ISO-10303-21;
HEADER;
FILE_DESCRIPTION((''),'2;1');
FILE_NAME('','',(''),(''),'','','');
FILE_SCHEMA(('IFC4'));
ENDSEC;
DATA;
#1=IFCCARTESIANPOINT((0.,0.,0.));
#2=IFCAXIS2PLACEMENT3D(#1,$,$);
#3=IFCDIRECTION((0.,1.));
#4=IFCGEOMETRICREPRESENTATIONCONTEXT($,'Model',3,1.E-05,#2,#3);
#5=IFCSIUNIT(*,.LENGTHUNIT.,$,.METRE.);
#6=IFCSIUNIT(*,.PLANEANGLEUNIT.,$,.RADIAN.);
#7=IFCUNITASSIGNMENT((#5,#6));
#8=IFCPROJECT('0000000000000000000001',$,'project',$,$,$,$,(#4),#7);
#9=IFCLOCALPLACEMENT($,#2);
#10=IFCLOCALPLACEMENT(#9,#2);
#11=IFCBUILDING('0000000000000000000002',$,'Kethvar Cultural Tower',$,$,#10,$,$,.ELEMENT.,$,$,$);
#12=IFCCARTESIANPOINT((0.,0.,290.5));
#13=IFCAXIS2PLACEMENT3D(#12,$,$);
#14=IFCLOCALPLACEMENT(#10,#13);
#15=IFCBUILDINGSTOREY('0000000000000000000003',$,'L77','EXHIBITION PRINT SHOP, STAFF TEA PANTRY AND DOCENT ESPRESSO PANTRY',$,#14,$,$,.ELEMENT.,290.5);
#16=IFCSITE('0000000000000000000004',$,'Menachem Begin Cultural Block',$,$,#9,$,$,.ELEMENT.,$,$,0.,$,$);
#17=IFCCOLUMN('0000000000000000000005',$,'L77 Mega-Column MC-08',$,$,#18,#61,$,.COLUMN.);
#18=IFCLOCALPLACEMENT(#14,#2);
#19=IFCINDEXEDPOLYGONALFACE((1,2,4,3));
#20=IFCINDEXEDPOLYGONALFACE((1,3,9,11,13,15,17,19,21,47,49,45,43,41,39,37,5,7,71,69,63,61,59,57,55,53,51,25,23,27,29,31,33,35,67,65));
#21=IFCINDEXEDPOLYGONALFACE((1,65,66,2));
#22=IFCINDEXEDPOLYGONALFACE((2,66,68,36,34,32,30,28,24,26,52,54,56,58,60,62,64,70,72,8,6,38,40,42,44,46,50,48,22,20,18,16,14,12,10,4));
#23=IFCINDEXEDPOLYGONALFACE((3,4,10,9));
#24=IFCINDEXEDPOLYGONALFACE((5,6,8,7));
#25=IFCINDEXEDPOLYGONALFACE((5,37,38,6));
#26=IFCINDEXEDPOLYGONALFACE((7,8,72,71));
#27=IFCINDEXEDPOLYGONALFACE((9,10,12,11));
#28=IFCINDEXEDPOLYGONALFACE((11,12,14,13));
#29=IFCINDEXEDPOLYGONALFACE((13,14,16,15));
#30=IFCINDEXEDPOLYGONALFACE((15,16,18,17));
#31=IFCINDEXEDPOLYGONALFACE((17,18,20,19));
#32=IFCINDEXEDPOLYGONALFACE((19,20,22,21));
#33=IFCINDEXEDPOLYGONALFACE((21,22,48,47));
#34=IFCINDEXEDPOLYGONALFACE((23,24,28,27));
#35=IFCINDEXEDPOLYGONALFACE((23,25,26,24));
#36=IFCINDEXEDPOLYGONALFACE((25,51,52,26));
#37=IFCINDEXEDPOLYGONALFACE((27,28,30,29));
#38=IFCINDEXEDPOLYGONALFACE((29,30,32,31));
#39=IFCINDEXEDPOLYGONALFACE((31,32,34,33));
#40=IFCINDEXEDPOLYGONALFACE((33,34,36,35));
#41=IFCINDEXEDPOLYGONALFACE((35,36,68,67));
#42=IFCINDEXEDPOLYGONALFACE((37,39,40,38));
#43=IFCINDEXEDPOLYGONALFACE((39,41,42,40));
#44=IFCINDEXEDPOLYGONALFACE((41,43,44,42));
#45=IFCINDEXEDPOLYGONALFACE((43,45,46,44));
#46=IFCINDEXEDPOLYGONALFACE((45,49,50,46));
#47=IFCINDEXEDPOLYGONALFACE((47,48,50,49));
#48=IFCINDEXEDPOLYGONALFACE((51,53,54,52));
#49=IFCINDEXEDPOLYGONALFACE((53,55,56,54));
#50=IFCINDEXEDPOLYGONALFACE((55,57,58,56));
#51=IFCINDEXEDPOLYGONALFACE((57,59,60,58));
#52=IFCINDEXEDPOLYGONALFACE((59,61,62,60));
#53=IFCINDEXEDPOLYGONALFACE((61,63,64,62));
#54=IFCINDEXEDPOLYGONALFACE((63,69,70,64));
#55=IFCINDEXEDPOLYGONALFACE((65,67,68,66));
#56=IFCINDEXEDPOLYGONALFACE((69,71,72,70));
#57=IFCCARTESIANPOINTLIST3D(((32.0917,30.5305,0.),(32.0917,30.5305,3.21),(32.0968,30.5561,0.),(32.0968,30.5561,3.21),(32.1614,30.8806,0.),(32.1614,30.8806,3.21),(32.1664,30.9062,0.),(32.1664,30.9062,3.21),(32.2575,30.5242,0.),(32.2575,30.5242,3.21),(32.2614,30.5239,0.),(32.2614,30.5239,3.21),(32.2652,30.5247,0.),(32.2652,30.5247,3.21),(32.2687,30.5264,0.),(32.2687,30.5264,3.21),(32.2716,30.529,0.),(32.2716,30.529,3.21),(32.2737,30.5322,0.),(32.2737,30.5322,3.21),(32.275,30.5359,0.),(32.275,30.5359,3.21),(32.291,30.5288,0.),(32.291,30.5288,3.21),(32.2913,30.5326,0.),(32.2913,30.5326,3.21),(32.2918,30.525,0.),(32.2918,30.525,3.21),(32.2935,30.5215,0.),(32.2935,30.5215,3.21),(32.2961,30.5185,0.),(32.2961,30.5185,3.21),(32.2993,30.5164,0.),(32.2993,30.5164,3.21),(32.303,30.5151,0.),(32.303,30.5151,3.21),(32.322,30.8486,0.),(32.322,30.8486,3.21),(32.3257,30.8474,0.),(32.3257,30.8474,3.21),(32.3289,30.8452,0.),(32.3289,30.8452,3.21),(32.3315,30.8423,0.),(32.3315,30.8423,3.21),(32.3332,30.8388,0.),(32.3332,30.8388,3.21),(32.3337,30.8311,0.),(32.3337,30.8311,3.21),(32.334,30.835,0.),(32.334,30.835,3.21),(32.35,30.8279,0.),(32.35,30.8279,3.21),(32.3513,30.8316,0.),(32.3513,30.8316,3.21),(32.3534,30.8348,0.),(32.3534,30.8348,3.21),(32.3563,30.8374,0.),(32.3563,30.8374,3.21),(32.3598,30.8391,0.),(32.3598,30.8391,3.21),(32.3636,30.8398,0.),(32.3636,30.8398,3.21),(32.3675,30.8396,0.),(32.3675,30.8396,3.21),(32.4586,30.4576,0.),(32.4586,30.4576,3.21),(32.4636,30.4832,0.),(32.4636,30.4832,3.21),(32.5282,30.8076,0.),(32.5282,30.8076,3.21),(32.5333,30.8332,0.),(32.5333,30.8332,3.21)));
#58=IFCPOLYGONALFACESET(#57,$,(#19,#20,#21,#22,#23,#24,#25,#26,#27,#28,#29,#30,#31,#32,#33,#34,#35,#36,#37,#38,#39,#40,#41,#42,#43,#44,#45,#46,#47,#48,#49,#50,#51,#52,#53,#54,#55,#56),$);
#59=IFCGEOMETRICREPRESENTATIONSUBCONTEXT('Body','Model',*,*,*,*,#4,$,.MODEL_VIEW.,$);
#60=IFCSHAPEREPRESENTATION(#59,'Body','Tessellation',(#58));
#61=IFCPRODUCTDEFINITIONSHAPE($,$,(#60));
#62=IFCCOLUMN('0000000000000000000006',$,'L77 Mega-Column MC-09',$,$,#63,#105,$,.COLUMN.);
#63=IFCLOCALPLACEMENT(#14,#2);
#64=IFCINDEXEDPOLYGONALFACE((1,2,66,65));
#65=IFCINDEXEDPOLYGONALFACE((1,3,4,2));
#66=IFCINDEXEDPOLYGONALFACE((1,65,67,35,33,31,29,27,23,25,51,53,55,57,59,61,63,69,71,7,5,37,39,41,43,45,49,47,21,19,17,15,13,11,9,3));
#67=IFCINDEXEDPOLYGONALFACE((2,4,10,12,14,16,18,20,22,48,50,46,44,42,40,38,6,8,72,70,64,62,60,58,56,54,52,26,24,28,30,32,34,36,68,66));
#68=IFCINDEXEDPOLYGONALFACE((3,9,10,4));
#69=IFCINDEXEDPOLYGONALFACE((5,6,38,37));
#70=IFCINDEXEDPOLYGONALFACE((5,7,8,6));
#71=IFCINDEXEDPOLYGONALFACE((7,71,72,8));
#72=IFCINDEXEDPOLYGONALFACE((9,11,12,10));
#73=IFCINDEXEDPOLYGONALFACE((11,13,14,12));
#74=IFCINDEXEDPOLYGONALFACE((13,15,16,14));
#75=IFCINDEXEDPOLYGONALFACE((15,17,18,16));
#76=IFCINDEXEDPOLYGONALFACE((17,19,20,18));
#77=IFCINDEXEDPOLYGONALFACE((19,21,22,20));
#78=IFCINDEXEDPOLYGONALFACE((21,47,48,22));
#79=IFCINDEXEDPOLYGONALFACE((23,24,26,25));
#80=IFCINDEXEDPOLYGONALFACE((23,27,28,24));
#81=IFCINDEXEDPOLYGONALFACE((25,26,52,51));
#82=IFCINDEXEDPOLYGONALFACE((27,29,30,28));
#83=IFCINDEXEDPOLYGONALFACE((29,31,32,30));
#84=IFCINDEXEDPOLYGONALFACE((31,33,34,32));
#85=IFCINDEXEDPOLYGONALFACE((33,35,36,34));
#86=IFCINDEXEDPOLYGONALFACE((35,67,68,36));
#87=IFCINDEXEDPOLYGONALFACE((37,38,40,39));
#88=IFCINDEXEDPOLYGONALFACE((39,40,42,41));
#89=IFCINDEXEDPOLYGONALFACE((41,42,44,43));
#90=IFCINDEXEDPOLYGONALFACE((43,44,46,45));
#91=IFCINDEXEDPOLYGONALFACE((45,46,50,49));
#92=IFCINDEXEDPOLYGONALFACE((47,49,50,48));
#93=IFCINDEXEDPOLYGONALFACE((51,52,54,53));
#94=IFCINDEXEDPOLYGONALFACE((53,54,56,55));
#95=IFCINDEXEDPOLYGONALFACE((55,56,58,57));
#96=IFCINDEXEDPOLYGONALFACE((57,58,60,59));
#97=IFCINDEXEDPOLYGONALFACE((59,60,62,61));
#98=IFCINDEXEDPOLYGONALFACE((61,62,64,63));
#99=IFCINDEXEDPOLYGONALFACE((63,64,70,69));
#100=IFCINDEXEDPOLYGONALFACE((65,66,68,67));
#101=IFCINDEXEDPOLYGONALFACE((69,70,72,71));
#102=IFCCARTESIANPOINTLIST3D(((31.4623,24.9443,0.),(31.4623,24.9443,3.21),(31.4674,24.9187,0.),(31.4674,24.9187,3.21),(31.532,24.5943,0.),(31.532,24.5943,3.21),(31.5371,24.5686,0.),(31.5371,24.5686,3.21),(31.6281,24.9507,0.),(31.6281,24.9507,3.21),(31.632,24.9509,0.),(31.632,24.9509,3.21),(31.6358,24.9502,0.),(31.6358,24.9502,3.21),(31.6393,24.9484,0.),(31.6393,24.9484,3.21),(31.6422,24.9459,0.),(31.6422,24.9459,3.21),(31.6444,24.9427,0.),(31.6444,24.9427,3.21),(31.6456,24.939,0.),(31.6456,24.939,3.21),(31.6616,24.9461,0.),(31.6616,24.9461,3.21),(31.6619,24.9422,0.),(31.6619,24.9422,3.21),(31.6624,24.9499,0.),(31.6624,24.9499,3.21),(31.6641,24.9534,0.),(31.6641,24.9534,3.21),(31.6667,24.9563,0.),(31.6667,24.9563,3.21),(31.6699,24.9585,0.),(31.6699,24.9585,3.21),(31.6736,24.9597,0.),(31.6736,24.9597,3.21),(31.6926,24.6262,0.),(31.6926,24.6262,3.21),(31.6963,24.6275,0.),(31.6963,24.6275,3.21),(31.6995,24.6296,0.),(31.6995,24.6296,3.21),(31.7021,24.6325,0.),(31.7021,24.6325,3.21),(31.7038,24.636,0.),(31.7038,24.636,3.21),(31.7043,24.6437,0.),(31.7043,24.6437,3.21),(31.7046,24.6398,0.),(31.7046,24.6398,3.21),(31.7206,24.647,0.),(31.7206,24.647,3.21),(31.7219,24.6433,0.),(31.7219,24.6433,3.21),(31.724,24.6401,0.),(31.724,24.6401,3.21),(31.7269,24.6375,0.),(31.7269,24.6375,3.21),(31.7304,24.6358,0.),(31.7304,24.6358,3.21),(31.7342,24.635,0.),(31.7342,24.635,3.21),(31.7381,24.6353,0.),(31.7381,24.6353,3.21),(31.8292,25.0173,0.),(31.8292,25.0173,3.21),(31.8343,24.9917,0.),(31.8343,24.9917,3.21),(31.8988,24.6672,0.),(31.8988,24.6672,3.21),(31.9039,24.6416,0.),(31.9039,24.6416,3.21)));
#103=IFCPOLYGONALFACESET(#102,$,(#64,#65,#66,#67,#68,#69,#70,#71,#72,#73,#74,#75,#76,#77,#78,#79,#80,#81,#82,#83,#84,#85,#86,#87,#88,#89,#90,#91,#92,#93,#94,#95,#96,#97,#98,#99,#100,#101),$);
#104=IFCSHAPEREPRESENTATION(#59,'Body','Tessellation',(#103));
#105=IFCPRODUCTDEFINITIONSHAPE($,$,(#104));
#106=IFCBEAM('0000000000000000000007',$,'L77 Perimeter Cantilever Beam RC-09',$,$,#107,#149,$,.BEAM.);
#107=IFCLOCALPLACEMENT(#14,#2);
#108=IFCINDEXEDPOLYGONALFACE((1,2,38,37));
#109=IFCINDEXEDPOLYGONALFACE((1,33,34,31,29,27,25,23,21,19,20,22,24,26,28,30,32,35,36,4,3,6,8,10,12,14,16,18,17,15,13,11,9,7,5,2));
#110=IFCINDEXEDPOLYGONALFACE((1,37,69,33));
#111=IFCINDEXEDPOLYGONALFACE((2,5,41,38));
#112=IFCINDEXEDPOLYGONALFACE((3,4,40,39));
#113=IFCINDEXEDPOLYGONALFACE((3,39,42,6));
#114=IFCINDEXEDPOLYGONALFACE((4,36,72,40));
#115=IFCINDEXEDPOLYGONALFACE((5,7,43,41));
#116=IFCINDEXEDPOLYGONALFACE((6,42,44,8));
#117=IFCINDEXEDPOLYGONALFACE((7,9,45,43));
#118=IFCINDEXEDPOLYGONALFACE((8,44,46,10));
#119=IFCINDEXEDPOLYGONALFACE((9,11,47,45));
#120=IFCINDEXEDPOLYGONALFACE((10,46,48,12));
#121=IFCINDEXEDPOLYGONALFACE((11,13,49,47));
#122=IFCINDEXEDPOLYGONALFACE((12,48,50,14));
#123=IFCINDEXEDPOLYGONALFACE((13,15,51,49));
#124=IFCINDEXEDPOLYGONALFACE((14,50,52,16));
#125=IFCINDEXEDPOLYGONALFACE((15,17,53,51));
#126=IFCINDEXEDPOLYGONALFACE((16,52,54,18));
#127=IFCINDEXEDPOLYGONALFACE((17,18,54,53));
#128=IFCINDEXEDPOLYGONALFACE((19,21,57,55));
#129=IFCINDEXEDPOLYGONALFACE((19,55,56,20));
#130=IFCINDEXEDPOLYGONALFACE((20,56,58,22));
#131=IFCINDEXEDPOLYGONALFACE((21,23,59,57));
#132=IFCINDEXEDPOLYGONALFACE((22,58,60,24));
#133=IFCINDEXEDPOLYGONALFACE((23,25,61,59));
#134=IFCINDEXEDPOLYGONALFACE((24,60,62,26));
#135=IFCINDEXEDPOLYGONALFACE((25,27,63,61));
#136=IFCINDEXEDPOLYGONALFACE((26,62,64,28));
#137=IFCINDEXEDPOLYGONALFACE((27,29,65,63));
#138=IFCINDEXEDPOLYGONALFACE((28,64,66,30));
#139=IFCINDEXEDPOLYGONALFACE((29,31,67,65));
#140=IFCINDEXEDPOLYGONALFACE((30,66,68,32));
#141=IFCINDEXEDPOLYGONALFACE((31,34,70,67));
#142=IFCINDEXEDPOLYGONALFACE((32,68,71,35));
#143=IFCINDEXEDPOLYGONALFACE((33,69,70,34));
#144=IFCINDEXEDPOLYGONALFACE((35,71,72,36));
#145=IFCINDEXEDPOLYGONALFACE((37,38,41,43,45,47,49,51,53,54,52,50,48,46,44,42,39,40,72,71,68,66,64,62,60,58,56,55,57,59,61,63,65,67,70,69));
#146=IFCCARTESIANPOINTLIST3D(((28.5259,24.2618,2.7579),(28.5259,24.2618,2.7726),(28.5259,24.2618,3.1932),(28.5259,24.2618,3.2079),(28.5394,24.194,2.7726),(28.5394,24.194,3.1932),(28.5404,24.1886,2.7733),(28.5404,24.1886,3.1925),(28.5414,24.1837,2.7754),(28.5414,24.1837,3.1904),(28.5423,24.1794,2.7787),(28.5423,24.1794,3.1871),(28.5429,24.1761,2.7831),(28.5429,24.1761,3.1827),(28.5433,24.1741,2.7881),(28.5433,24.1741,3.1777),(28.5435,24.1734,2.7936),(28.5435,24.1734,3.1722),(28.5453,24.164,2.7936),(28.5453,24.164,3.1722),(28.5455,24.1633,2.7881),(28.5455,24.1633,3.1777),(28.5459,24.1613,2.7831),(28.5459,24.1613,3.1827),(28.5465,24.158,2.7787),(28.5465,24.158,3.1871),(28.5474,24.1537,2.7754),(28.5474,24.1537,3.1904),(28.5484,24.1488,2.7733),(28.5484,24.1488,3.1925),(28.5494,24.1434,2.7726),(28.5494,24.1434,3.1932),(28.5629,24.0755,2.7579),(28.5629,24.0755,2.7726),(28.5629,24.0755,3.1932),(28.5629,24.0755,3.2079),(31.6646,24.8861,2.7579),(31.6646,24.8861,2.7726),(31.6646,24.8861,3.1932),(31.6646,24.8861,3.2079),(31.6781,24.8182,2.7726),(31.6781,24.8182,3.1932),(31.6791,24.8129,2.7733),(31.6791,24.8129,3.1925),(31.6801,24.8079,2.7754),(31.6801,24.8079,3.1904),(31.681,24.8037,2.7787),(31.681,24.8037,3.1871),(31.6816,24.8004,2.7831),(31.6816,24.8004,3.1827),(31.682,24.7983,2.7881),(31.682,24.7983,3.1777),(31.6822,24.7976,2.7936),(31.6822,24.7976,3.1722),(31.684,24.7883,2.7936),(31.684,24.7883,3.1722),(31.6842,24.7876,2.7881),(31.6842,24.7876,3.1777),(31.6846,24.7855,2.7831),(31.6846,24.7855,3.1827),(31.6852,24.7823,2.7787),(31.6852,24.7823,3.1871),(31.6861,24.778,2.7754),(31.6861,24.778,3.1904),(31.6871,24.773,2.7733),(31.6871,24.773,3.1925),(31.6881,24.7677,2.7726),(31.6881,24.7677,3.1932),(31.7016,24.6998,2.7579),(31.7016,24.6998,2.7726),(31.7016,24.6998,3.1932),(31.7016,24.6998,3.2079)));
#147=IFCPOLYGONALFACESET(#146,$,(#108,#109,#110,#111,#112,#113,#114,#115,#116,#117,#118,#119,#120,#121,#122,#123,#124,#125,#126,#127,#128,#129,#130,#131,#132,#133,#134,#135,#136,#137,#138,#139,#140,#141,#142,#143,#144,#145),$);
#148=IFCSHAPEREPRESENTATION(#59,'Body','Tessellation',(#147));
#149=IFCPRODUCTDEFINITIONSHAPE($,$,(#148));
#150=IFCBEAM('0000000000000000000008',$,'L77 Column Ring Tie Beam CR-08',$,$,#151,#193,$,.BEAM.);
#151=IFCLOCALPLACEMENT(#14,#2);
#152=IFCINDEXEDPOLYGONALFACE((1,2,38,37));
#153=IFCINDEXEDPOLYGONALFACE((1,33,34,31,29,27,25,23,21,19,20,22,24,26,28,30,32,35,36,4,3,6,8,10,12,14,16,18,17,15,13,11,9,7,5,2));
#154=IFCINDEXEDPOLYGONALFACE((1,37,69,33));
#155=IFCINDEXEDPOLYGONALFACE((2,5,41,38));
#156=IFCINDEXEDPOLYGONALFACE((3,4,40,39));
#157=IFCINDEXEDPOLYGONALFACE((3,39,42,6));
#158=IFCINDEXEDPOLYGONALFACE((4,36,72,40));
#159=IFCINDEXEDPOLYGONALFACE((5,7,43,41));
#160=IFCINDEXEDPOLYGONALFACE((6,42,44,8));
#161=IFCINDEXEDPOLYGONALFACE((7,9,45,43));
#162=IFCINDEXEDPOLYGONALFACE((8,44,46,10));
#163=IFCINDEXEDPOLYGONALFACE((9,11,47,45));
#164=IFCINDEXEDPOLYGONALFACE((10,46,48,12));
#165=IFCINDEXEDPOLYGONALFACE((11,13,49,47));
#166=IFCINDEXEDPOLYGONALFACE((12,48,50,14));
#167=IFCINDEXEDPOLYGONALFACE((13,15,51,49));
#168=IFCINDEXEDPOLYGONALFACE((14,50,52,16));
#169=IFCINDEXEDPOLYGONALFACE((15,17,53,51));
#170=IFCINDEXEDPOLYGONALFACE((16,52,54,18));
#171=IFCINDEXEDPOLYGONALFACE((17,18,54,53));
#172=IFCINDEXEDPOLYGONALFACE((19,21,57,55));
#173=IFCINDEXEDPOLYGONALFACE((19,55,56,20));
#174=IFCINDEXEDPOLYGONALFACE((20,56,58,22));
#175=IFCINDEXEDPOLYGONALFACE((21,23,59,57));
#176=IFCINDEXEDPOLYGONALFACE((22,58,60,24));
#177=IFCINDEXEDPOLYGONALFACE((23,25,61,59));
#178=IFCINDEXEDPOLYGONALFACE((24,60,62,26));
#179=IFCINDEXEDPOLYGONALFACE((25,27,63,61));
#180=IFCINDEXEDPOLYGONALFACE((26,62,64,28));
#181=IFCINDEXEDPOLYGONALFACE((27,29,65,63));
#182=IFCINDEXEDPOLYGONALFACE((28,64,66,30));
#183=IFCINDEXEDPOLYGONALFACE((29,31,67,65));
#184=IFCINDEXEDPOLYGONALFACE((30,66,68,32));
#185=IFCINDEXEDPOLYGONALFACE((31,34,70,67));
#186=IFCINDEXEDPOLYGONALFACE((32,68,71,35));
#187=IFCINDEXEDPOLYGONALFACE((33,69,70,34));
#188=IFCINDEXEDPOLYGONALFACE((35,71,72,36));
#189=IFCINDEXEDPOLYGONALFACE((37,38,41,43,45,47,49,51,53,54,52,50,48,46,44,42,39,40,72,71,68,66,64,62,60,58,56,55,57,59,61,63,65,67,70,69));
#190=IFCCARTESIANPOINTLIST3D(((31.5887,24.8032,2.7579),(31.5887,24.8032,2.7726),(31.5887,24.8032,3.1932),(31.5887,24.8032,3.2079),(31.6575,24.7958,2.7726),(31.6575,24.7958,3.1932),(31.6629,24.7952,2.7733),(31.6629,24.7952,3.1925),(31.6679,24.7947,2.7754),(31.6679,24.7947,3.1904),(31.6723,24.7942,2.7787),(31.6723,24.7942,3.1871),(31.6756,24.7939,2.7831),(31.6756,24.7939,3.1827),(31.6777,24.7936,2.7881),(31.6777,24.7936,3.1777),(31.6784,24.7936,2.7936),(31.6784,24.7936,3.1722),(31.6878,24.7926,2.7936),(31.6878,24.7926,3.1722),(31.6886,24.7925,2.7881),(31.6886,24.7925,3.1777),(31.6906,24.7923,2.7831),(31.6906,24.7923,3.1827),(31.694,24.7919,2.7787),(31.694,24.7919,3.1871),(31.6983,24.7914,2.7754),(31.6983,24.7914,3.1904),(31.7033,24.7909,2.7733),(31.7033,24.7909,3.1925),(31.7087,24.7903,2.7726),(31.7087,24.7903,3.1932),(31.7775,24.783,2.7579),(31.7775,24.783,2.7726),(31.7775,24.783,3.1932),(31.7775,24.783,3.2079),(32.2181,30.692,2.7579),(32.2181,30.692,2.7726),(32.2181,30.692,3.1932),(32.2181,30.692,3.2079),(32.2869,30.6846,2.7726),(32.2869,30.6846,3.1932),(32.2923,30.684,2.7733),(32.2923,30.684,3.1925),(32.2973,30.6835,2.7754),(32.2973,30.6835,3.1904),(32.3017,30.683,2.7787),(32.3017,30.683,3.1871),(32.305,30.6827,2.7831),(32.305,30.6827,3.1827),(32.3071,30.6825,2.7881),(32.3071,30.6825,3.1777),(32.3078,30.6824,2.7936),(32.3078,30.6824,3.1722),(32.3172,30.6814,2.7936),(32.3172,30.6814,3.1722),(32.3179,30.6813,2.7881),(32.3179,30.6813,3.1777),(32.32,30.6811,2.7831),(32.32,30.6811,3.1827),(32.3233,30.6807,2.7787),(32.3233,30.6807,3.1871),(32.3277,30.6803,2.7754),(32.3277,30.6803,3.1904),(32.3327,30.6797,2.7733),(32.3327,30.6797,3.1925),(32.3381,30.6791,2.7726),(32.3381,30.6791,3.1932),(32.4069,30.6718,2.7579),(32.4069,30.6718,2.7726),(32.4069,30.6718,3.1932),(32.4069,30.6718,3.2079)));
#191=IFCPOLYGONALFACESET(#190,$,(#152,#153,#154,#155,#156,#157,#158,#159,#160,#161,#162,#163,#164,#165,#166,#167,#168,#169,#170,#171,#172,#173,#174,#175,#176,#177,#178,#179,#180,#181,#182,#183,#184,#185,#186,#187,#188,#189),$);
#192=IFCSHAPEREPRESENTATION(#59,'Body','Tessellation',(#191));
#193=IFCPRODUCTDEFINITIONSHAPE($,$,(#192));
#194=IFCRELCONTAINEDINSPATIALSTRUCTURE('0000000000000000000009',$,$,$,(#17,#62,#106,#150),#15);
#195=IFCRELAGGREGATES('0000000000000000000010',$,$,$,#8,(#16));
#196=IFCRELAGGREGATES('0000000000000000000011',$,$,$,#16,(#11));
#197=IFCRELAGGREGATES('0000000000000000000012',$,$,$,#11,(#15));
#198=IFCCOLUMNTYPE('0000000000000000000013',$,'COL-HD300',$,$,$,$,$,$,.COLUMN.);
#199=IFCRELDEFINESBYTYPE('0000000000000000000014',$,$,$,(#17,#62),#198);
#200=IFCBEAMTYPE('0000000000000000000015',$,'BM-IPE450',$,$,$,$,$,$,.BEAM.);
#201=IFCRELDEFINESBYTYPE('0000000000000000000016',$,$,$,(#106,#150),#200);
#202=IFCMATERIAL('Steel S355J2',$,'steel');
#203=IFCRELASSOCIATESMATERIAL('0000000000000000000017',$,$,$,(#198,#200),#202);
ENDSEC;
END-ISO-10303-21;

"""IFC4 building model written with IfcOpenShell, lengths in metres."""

from ifc_helpers import new_model, si_unit, direction, frame, origin, origin_2d, place, context, subcontext, project, spatial, i_section, extrude, source, transform, mapped, material, material_profile, profile_set, type_object, element, save


model = new_model("IFC4")

# Units and contexts
model_context = context("Model", 3, precision=1e-05, world=origin(), true_north=direction((0.0, 1.0)))
body_context = subcontext(model_context, "Body", "Model", "MODEL_VIEW")
ifc_project = project(units=[si_unit("LENGTHUNIT", "METRE"), si_unit("PLANEANGLEUNIT", "RADIAN")], contexts=[model_context])

# Site, building, storey
site_placement = place(None, origin())
site = spatial("IfcSite", under=ifc_project, at=site_placement, Name="Menachem Begin Cultural Block", CompositionType="ELEMENT", RefElevation=0.0)
building_placement = place(site_placement, origin())
building = spatial("IfcBuilding", under=site, at=building_placement, Name="Kethvar Cultural Tower", CompositionType="ELEMENT")
storey_placement = place(building_placement, frame((0.0, 0.0, 290.5)))
storey = spatial("IfcBuildingStorey", under=building, at=storey_placement, Name="L77", Description="EXHIBITION PRINT SHOP, STAFF TEA PANTRY AND DOCENT ESPRESSO PANTRY", CompositionType="ELEMENT", Elevation=290.5)

# Columns
ifc_material_1 = material(Name="Steel S355J2", Category="steel")
ifc_material_profile_1 = material_profile(ifc_material_1, i_section(OverallWidth=0.374, OverallDepth=0.3831, WebThickness=0.0166, FlangeThickness=0.0261, FilletRadius=0.0149, at=origin_2d()), Name="Steel S355J2 — HD360x300")
ifc_profile_set_1 = profile_set([ifc_material_profile_1], Name="Steel S355J2 — HD360x300")
column_type = type_object("IfcColumnType", Name="COL-HD300", PredefinedType="COLUMN", material=ifc_profile_set_1)
shared_shape_1 = source(origin(), body_context, "Body", "SweptSolid", [
    extrude(i_section(OverallWidth=0.374, OverallDepth=0.3831, WebThickness=0.0166, FlangeThickness=0.0261, FilletRadius=0.0149, at=origin_2d()), origin(), (0.0, 0.0, 1.0), 3.21),
])
for number, where, z_axis, x_axis, name in (
    (1, (32.3125, 30.6819, 0.0), (0.0, 0.0, 1.0), (-0.980785, 0.19509, 0.0), "L77 Mega-Column MC-08"),
    (2, (31.6831, 24.793, 0.0), (0.0, 0.0, 1.0), (-0.980785, -0.19509, 0.0), "L77 Mega-Column MC-09"),
):
    element("IfcColumn", number, at=place(storey_placement, frame(where, z_axis=z_axis, x_axis=x_axis)), inside=storey, type_object=column_type, Name=name, PredefinedType="COLUMN", context=body_context, shape_type="MappedRepresentation", body=[
        mapped(shared_shape_1, transform((0.0, 0.0, 0.0), scale=1.0)),
    ])

# Beams
ifc_material_profile_2 = material_profile(ifc_material_1, i_section(OverallWidth=0.1899, OverallDepth=0.45, WebThickness=0.0095, FlangeThickness=0.0146, FilletRadius=0.021, at=origin_2d()), Name="Steel S355J2 — IPE450")
ifc_profile_set_2 = profile_set([ifc_material_profile_2], Name="Steel S355J2 — IPE450")
beam_type_1 = type_object("IfcBeamType", Name="BM-IPE450", PredefinedType="BEAM", material=ifc_profile_set_2)
shared_shape_2 = source(origin(), body_context, "Body", "SweptSolid", [
    extrude(i_section(OverallWidth=0.1899, OverallDepth=0.45, WebThickness=0.0095, FlangeThickness=0.0146, FilletRadius=0.021, at=origin_2d()), origin(), (0.0, 0.0, 1.0), 3.2002),
])
beam_1_placement = place(storey_placement, frame((31.6831, 24.793, 2.9829), z_axis=(-0.980788, -0.195074, 0.0), x_axis=(0.195074, -0.980788, 0.0)))
element("IfcBeam", 3, at=beam_1_placement, inside=storey, type_object=beam_type_1, Name="L77 Perimeter Cantilever Beam RC-09", PredefinedType="BEAM", context=body_context, shape_type="MappedRepresentation", body=[
    mapped(shared_shape_2, transform((0.0, 0.0, 0.0), scale=1.0)),
])
shared_shape_3 = source(origin(), body_context, "Body", "SweptSolid", [
    extrude(i_section(OverallWidth=0.1899, OverallDepth=0.45, WebThickness=0.0095, FlangeThickness=0.0146, FilletRadius=0.021, at=origin_2d()), origin(), (0.0, 0.0, 1.0), 5.9224),
])
beam_2_placement = place(storey_placement, frame((32.3125, 30.6819, 2.9829), z_axis=(-0.106273, -0.994337, 0.0), x_axis=(0.994337, -0.106273, 0.0)))
element("IfcBeam", 4, at=beam_2_placement, inside=storey, type_object=beam_type_1, Name="L77 Column Ring Tie Beam CR-08", PredefinedType="BEAM", context=body_context, shape_type="MappedRepresentation", body=[
    mapped(shared_shape_3, transform((0.0, 0.0, 0.0), scale=1.0)),
])

save(model, "model.ifc")
